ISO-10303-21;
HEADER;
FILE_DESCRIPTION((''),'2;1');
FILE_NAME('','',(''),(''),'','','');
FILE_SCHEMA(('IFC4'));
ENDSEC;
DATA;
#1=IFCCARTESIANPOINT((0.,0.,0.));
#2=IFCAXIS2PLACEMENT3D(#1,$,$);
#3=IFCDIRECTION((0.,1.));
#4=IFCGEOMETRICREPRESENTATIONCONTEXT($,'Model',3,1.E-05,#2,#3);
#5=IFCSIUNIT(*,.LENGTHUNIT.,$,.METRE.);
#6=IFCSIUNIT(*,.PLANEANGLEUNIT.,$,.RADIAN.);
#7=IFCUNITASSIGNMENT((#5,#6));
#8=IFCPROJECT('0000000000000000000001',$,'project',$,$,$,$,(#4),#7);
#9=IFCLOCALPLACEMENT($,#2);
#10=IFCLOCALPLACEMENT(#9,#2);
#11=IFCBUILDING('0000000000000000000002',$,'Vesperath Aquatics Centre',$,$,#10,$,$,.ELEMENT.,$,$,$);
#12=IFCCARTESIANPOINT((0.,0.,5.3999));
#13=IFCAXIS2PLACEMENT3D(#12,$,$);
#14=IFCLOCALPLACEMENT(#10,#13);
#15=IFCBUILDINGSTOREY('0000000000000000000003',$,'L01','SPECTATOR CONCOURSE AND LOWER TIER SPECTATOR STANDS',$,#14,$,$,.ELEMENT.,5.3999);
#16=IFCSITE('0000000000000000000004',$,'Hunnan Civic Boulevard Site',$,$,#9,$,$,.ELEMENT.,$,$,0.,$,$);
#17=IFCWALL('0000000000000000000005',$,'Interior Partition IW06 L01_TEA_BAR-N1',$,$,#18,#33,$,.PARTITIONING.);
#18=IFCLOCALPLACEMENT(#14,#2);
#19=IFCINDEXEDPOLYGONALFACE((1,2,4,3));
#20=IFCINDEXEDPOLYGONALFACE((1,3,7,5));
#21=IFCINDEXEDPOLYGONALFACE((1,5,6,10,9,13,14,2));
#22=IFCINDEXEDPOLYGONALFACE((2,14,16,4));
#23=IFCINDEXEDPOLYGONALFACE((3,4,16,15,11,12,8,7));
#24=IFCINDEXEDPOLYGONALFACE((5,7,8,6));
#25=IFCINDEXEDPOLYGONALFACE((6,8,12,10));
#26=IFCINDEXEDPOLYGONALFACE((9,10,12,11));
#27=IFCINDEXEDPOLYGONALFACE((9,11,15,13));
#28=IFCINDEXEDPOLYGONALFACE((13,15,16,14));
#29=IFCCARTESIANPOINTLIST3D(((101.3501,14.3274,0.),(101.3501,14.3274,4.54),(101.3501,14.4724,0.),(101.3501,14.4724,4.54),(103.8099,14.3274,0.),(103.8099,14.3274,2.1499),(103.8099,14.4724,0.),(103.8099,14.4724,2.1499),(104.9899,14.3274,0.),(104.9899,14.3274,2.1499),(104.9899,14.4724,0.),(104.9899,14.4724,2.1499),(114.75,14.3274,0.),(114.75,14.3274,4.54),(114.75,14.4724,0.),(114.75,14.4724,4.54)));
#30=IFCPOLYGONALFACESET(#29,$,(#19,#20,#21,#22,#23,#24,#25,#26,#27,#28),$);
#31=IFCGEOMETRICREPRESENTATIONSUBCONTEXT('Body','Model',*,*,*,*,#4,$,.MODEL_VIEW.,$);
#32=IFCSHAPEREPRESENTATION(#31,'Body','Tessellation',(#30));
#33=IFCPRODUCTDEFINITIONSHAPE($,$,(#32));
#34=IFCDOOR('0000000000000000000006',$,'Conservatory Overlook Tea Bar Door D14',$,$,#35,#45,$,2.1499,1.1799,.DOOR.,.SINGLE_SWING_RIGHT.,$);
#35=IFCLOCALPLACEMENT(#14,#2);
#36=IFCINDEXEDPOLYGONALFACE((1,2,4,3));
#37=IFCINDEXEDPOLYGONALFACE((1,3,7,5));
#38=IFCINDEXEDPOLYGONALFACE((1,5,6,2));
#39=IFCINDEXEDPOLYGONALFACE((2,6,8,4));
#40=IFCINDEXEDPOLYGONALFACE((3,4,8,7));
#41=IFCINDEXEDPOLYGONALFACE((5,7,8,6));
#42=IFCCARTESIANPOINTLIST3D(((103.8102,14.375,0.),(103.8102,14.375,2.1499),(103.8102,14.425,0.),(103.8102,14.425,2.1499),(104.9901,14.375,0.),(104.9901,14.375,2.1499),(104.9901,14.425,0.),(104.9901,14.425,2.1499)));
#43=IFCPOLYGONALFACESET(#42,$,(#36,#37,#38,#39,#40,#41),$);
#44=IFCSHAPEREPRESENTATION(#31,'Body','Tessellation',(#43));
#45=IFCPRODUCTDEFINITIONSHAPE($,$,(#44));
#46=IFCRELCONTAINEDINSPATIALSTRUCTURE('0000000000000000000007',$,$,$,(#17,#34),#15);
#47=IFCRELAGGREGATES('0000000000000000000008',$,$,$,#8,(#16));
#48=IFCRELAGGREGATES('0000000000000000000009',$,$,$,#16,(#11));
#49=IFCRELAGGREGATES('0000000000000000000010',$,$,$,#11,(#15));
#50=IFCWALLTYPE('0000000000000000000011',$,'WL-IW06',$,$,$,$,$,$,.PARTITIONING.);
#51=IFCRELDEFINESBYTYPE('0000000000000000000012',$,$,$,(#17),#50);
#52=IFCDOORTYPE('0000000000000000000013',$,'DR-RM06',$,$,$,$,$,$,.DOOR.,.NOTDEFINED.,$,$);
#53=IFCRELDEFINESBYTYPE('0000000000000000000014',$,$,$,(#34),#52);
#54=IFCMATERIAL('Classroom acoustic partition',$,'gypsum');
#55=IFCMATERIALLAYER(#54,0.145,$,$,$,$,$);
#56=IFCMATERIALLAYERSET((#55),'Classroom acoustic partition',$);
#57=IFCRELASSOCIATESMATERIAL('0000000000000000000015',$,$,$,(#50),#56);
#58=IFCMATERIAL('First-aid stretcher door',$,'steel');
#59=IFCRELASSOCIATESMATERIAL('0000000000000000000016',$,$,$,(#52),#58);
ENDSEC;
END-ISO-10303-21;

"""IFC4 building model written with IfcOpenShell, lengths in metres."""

from ifc_helpers import new_model, si_unit, direction, frame, frame_2d, origin, place, context, subcontext, project, spatial, rectangle, extrude, material, layer, layer_set, type_object, element, fill, save


model = new_model("IFC4")

# Units and contexts
model_context = context("Model", 3, precision=1e-05, world=origin(), true_north=direction((0.0, 1.0)))
body_context = subcontext(model_context, "Body", "Model", "MODEL_VIEW")
ifc_project = project(units=[si_unit("LENGTHUNIT", "METRE"), si_unit("PLANEANGLEUNIT", "RADIAN")], contexts=[model_context])

# Site, building, storey
site_placement = place(None, origin())
site = spatial("IfcSite", under=ifc_project, at=site_placement, Name="Hunnan Civic Boulevard Site", CompositionType="ELEMENT", RefElevation=0.0)
building_placement = place(site_placement, origin())
building = spatial("IfcBuilding", under=site, at=building_placement, Name="Vesperath Aquatics Centre", CompositionType="ELEMENT")
storey_placement = place(building_placement, frame((0.0, 0.0, 5.3999)))
storey = spatial("IfcBuildingStorey", under=building, at=storey_placement, Name="L01", Description="SPECTATOR CONCOURSE AND LOWER TIER SPECTATOR STANDS", CompositionType="ELEMENT", Elevation=5.3999)

# Wall, opening, door
ifc_material_1 = material(Name="Classroom acoustic partition", Category="gypsum")
ifc_layer_1 = layer(ifc_material_1, 0.145)
ifc_layer_set_1 = layer_set([ifc_layer_1], Name="Classroom acoustic partition")
wall_type = type_object("IfcWallType", Name="WL-IW06", PredefinedType="PARTITIONING", material=ifc_layer_set_1)
wall_placement = place(storey_placement, frame((101.3501, 14.3999, 0.0), z_axis=(0.0, 0.0, 1.0), x_axis=(1.0, 0.0, 0.0)))
wall = element("IfcWall", 1, at=wall_placement, inside=storey, type_object=wall_type, Name="Interior Partition IW06 L01_TEA_BAR-N1", PredefinedType="PARTITIONING", context=body_context, shape_type="SweptSolid", body=[
    extrude(rectangle(XDim=13.3999, YDim=0.145, at=frame_2d((6.7, 0.0))), origin(), (0.0, 0.0, 1.0), 4.54),
])
opening_placement = place(wall_placement, frame((2.46, 0.0, 0.0)))
opening = element("IfcOpeningElement", 2, at=opening_placement, cuts=wall, PredefinedType="OPENING", context=body_context, shape_type="SweptSolid", body=[
    extrude(rectangle(XDim=1.1799, YDim=2.1499, at=frame_2d((0.5898, 1.075))), frame((0.0, 0.0874, 0.0), z_axis=(0.0, -1.0, 0.0), x_axis=(1.0, 0.0, 0.0)), (0.0, 0.0, 1.0), 0.1748),
])
ifc_material_2 = material(Name="First-aid stretcher door", Category="steel")
door_type = type_object("IfcDoorType", Name="DR-RM06", OperationType="NOTDEFINED", PredefinedType="DOOR", material=ifc_material_2)
door_placement = place(opening_placement, frame((1.1799, 0.0, 0.0), z_axis=(0.0, 0.0, 1.0), x_axis=(-1.0, 0.0, 0.0)))
door = element("IfcDoor", 3, at=door_placement, inside=storey, type_object=door_type, Name="Conservatory Overlook Tea Bar Door D14", OperationType="SINGLE_SWING_RIGHT", OverallHeight=2.1499, OverallWidth=1.1799, PredefinedType="DOOR", context=body_context, shape_type="SweptSolid", body=[
    extrude(rectangle(XDim=1.1799, YDim=2.1499, at=frame_2d((0.5898, 1.075))), frame((0.0, 0.0249, 0.0), z_axis=(0.0, -1.0, 0.0), x_axis=(1.0, 0.0, 0.0)), (0.0, 0.0, 1.0), 0.05),
])
fill(opening, door)

save(model, "model.ifc")
